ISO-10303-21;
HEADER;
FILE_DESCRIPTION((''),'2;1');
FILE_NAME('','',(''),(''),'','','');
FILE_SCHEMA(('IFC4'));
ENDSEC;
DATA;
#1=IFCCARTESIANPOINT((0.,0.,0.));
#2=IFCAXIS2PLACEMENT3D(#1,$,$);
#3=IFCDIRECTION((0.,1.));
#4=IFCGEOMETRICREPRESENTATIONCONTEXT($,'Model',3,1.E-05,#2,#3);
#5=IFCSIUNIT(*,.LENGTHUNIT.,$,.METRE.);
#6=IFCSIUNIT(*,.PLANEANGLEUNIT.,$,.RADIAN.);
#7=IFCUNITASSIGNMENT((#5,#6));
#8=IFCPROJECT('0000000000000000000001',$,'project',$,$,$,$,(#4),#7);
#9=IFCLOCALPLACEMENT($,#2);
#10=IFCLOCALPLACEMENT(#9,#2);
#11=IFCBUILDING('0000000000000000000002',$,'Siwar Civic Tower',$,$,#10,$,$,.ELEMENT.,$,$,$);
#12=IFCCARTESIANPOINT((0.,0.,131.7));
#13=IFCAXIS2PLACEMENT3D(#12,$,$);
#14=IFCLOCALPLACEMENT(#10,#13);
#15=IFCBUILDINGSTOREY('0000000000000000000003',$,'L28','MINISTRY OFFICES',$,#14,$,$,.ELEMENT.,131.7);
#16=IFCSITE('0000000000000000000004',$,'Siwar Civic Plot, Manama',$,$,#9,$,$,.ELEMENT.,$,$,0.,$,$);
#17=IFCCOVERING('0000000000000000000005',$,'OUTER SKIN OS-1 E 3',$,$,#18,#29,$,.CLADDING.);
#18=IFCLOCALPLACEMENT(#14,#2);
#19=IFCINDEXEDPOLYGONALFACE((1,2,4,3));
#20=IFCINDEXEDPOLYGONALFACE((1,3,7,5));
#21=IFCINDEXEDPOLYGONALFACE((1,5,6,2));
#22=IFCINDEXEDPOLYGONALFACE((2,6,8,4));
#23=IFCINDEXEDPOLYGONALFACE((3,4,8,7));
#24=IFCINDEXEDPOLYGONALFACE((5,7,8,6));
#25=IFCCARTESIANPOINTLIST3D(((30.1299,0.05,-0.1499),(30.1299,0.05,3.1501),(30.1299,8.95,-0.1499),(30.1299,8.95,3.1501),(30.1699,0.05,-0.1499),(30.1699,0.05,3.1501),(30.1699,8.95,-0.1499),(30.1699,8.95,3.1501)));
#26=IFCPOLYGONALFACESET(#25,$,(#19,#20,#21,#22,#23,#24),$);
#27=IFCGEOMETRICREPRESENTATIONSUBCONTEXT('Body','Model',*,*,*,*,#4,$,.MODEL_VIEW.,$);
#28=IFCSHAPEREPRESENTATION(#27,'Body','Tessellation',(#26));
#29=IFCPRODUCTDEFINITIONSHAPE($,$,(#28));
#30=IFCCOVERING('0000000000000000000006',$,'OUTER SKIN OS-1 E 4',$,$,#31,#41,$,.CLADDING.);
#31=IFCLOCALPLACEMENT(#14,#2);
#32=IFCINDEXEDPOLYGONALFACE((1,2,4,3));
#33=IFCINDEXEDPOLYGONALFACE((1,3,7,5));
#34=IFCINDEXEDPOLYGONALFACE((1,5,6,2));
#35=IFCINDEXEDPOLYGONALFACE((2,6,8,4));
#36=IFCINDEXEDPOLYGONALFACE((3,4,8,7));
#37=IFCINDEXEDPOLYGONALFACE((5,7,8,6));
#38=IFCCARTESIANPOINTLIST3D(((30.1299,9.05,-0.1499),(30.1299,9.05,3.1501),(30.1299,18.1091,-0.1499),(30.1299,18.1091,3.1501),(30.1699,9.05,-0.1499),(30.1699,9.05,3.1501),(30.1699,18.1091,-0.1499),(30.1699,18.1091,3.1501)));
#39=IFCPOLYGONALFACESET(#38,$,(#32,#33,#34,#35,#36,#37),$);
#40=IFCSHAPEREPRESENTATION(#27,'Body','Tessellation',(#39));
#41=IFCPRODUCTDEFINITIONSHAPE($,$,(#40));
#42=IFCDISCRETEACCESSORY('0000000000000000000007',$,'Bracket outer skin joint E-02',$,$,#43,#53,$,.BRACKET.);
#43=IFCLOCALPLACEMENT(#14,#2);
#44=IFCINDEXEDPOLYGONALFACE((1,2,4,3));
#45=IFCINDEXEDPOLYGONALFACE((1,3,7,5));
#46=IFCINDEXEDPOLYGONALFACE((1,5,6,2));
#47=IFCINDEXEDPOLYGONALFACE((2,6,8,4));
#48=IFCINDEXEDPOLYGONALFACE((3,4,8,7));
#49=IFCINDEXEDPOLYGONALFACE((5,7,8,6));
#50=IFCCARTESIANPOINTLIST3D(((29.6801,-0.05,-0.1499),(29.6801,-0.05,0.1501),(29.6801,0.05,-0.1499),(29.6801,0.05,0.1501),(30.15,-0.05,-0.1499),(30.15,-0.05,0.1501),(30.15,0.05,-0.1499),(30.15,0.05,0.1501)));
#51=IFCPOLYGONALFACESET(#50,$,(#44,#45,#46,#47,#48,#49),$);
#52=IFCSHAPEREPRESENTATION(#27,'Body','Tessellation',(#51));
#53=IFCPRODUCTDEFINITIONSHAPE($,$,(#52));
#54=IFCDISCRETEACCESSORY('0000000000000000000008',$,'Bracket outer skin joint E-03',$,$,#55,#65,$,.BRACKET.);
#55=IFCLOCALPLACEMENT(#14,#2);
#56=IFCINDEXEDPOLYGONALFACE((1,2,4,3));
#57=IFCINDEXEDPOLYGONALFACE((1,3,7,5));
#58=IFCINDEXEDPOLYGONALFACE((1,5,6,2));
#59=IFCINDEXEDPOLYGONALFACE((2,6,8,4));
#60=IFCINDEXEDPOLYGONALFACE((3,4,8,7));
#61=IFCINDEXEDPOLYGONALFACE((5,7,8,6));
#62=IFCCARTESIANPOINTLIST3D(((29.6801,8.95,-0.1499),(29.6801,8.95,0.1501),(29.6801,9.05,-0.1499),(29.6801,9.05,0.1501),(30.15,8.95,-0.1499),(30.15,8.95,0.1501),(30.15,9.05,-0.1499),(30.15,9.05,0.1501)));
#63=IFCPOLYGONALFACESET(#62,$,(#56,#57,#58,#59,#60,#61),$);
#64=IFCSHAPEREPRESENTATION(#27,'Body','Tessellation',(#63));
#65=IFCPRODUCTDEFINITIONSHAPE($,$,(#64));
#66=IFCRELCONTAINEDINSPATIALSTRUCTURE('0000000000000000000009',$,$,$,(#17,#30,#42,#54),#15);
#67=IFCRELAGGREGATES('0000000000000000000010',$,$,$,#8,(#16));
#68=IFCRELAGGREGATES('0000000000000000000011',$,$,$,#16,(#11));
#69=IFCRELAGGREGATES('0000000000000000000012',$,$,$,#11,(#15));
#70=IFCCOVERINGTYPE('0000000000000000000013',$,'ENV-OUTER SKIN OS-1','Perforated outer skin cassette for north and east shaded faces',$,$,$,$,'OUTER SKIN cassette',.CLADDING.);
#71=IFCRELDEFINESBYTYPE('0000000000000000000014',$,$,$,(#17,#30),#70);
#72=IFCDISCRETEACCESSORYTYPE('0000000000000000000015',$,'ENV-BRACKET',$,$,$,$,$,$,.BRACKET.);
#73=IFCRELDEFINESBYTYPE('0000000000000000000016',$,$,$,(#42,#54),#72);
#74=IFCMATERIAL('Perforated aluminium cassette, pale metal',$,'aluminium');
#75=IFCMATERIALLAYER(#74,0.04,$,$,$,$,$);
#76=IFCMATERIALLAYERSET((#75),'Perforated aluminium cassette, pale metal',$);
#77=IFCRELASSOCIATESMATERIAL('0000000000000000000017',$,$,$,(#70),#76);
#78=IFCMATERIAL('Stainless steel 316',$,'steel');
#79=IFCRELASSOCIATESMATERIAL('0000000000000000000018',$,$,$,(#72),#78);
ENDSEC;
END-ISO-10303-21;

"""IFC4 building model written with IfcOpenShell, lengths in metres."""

from ifc_helpers import new_model, si_unit, direction, frame, origin, origin_2d, place, context, subcontext, project, spatial, rectangle, extrude, material, layer, layer_set, type_object, element, save


model = new_model("IFC4")

# Units and contexts
model_context = context("Model", 3, precision=1e-05, world=origin(), true_north=direction((0.0, 1.0)))
body_context = subcontext(model_context, "Body", "Model", "MODEL_VIEW")
ifc_project = project(units=[si_unit("LENGTHUNIT", "METRE"), si_unit("PLANEANGLEUNIT", "RADIAN")], contexts=[model_context])

# Site, building, storey
site_placement = place(None, origin())
site = spatial("IfcSite", under=ifc_project, at=site_placement, Name="Siwar Civic Plot, Manama", CompositionType="ELEMENT", RefElevation=0.0)
building_placement = place(site_placement, origin())
building = spatial("IfcBuilding", under=site, at=building_placement, Name="Siwar Civic Tower", CompositionType="ELEMENT")
storey_placement = place(building_placement, frame((0.0, 0.0, 131.7)))
storey = spatial("IfcBuildingStorey", under=building, at=storey_placement, Name="L28", Description="MINISTRY OFFICES", CompositionType="ELEMENT", Elevation=131.7)

# Coverings
ifc_material_1 = material(Name="Perforated aluminium cassette, pale metal", Category="aluminium")
ifc_layer_1 = layer(ifc_material_1, 0.04)
ifc_layer_set_1 = layer_set([ifc_layer_1], Name="Perforated aluminium cassette, pale metal")
covering_type = type_object("IfcCoveringType", Name="ENV-OUTER SKIN OS-1", Description="Perforated outer skin cassette for north and east shaded faces", ElementType="OUTER SKIN cassette", PredefinedType="CLADDING", material=ifc_layer_set_1)
covering_1_placement = place(storey_placement, frame((30.1499, 4.5, -0.1499), z_axis=(0.0, 0.0, 1.0), x_axis=(0.0, 1.0, 0.0)))
element("IfcCovering", 1, at=covering_1_placement, inside=storey, type_object=covering_type, Name="OUTER SKIN OS-1 E 3", PredefinedType="CLADDING", context=body_context, shape_type="SweptSolid", body=[
    extrude(rectangle(XDim=8.8999, YDim=0.04, at=origin_2d()), origin(), (0.0, 0.0, 1.0), 3.3),
])
covering_2_placement = place(storey_placement, frame((30.1499, 13.5796, -0.1499), z_axis=(0.0, 0.0, 1.0), x_axis=(0.0, 1.0, 0.0)))
element("IfcCovering", 2, at=covering_2_placement, inside=storey, type_object=covering_type, Name="OUTER SKIN OS-1 E 4", PredefinedType="CLADDING", context=body_context, shape_type="SweptSolid", body=[
    extrude(rectangle(XDim=9.0591, YDim=0.04, at=origin_2d()), origin(), (0.0, 0.0, 1.0), 3.3),
])

# Discrete accessories
ifc_material_2 = material(Name="Stainless steel 316", Category="steel")
discrete_accessory_type = type_object("IfcDiscreteAccessoryType", Name="ENV-BRACKET", PredefinedType="BRACKET", material=ifc_material_2)
for number, where, z_axis, x_axis, name in (
    (3, (29.915, 0.0, -0.1499), (0.0, 0.0, 1.0), (1.0, 0.0, 0.0), "Bracket outer skin joint E-02"),
    (4, (29.915, 9.0, -0.1499), (0.0, 0.0, 1.0), (1.0, 0.0, 0.0), "Bracket outer skin joint E-03"),
):
    element("IfcDiscreteAccessory", number, at=place(storey_placement, frame(where, z_axis=z_axis, x_axis=x_axis)), inside=storey, type_object=discrete_accessory_type, Name=name, PredefinedType="BRACKET", context=body_context, shape_type="SweptSolid", body=[
        extrude(rectangle(XDim=0.47, YDim=0.1001, at=origin_2d()), origin(), (0.0, 0.0, 1.0), 0.3),
    ])

save(model, "model.ifc")
